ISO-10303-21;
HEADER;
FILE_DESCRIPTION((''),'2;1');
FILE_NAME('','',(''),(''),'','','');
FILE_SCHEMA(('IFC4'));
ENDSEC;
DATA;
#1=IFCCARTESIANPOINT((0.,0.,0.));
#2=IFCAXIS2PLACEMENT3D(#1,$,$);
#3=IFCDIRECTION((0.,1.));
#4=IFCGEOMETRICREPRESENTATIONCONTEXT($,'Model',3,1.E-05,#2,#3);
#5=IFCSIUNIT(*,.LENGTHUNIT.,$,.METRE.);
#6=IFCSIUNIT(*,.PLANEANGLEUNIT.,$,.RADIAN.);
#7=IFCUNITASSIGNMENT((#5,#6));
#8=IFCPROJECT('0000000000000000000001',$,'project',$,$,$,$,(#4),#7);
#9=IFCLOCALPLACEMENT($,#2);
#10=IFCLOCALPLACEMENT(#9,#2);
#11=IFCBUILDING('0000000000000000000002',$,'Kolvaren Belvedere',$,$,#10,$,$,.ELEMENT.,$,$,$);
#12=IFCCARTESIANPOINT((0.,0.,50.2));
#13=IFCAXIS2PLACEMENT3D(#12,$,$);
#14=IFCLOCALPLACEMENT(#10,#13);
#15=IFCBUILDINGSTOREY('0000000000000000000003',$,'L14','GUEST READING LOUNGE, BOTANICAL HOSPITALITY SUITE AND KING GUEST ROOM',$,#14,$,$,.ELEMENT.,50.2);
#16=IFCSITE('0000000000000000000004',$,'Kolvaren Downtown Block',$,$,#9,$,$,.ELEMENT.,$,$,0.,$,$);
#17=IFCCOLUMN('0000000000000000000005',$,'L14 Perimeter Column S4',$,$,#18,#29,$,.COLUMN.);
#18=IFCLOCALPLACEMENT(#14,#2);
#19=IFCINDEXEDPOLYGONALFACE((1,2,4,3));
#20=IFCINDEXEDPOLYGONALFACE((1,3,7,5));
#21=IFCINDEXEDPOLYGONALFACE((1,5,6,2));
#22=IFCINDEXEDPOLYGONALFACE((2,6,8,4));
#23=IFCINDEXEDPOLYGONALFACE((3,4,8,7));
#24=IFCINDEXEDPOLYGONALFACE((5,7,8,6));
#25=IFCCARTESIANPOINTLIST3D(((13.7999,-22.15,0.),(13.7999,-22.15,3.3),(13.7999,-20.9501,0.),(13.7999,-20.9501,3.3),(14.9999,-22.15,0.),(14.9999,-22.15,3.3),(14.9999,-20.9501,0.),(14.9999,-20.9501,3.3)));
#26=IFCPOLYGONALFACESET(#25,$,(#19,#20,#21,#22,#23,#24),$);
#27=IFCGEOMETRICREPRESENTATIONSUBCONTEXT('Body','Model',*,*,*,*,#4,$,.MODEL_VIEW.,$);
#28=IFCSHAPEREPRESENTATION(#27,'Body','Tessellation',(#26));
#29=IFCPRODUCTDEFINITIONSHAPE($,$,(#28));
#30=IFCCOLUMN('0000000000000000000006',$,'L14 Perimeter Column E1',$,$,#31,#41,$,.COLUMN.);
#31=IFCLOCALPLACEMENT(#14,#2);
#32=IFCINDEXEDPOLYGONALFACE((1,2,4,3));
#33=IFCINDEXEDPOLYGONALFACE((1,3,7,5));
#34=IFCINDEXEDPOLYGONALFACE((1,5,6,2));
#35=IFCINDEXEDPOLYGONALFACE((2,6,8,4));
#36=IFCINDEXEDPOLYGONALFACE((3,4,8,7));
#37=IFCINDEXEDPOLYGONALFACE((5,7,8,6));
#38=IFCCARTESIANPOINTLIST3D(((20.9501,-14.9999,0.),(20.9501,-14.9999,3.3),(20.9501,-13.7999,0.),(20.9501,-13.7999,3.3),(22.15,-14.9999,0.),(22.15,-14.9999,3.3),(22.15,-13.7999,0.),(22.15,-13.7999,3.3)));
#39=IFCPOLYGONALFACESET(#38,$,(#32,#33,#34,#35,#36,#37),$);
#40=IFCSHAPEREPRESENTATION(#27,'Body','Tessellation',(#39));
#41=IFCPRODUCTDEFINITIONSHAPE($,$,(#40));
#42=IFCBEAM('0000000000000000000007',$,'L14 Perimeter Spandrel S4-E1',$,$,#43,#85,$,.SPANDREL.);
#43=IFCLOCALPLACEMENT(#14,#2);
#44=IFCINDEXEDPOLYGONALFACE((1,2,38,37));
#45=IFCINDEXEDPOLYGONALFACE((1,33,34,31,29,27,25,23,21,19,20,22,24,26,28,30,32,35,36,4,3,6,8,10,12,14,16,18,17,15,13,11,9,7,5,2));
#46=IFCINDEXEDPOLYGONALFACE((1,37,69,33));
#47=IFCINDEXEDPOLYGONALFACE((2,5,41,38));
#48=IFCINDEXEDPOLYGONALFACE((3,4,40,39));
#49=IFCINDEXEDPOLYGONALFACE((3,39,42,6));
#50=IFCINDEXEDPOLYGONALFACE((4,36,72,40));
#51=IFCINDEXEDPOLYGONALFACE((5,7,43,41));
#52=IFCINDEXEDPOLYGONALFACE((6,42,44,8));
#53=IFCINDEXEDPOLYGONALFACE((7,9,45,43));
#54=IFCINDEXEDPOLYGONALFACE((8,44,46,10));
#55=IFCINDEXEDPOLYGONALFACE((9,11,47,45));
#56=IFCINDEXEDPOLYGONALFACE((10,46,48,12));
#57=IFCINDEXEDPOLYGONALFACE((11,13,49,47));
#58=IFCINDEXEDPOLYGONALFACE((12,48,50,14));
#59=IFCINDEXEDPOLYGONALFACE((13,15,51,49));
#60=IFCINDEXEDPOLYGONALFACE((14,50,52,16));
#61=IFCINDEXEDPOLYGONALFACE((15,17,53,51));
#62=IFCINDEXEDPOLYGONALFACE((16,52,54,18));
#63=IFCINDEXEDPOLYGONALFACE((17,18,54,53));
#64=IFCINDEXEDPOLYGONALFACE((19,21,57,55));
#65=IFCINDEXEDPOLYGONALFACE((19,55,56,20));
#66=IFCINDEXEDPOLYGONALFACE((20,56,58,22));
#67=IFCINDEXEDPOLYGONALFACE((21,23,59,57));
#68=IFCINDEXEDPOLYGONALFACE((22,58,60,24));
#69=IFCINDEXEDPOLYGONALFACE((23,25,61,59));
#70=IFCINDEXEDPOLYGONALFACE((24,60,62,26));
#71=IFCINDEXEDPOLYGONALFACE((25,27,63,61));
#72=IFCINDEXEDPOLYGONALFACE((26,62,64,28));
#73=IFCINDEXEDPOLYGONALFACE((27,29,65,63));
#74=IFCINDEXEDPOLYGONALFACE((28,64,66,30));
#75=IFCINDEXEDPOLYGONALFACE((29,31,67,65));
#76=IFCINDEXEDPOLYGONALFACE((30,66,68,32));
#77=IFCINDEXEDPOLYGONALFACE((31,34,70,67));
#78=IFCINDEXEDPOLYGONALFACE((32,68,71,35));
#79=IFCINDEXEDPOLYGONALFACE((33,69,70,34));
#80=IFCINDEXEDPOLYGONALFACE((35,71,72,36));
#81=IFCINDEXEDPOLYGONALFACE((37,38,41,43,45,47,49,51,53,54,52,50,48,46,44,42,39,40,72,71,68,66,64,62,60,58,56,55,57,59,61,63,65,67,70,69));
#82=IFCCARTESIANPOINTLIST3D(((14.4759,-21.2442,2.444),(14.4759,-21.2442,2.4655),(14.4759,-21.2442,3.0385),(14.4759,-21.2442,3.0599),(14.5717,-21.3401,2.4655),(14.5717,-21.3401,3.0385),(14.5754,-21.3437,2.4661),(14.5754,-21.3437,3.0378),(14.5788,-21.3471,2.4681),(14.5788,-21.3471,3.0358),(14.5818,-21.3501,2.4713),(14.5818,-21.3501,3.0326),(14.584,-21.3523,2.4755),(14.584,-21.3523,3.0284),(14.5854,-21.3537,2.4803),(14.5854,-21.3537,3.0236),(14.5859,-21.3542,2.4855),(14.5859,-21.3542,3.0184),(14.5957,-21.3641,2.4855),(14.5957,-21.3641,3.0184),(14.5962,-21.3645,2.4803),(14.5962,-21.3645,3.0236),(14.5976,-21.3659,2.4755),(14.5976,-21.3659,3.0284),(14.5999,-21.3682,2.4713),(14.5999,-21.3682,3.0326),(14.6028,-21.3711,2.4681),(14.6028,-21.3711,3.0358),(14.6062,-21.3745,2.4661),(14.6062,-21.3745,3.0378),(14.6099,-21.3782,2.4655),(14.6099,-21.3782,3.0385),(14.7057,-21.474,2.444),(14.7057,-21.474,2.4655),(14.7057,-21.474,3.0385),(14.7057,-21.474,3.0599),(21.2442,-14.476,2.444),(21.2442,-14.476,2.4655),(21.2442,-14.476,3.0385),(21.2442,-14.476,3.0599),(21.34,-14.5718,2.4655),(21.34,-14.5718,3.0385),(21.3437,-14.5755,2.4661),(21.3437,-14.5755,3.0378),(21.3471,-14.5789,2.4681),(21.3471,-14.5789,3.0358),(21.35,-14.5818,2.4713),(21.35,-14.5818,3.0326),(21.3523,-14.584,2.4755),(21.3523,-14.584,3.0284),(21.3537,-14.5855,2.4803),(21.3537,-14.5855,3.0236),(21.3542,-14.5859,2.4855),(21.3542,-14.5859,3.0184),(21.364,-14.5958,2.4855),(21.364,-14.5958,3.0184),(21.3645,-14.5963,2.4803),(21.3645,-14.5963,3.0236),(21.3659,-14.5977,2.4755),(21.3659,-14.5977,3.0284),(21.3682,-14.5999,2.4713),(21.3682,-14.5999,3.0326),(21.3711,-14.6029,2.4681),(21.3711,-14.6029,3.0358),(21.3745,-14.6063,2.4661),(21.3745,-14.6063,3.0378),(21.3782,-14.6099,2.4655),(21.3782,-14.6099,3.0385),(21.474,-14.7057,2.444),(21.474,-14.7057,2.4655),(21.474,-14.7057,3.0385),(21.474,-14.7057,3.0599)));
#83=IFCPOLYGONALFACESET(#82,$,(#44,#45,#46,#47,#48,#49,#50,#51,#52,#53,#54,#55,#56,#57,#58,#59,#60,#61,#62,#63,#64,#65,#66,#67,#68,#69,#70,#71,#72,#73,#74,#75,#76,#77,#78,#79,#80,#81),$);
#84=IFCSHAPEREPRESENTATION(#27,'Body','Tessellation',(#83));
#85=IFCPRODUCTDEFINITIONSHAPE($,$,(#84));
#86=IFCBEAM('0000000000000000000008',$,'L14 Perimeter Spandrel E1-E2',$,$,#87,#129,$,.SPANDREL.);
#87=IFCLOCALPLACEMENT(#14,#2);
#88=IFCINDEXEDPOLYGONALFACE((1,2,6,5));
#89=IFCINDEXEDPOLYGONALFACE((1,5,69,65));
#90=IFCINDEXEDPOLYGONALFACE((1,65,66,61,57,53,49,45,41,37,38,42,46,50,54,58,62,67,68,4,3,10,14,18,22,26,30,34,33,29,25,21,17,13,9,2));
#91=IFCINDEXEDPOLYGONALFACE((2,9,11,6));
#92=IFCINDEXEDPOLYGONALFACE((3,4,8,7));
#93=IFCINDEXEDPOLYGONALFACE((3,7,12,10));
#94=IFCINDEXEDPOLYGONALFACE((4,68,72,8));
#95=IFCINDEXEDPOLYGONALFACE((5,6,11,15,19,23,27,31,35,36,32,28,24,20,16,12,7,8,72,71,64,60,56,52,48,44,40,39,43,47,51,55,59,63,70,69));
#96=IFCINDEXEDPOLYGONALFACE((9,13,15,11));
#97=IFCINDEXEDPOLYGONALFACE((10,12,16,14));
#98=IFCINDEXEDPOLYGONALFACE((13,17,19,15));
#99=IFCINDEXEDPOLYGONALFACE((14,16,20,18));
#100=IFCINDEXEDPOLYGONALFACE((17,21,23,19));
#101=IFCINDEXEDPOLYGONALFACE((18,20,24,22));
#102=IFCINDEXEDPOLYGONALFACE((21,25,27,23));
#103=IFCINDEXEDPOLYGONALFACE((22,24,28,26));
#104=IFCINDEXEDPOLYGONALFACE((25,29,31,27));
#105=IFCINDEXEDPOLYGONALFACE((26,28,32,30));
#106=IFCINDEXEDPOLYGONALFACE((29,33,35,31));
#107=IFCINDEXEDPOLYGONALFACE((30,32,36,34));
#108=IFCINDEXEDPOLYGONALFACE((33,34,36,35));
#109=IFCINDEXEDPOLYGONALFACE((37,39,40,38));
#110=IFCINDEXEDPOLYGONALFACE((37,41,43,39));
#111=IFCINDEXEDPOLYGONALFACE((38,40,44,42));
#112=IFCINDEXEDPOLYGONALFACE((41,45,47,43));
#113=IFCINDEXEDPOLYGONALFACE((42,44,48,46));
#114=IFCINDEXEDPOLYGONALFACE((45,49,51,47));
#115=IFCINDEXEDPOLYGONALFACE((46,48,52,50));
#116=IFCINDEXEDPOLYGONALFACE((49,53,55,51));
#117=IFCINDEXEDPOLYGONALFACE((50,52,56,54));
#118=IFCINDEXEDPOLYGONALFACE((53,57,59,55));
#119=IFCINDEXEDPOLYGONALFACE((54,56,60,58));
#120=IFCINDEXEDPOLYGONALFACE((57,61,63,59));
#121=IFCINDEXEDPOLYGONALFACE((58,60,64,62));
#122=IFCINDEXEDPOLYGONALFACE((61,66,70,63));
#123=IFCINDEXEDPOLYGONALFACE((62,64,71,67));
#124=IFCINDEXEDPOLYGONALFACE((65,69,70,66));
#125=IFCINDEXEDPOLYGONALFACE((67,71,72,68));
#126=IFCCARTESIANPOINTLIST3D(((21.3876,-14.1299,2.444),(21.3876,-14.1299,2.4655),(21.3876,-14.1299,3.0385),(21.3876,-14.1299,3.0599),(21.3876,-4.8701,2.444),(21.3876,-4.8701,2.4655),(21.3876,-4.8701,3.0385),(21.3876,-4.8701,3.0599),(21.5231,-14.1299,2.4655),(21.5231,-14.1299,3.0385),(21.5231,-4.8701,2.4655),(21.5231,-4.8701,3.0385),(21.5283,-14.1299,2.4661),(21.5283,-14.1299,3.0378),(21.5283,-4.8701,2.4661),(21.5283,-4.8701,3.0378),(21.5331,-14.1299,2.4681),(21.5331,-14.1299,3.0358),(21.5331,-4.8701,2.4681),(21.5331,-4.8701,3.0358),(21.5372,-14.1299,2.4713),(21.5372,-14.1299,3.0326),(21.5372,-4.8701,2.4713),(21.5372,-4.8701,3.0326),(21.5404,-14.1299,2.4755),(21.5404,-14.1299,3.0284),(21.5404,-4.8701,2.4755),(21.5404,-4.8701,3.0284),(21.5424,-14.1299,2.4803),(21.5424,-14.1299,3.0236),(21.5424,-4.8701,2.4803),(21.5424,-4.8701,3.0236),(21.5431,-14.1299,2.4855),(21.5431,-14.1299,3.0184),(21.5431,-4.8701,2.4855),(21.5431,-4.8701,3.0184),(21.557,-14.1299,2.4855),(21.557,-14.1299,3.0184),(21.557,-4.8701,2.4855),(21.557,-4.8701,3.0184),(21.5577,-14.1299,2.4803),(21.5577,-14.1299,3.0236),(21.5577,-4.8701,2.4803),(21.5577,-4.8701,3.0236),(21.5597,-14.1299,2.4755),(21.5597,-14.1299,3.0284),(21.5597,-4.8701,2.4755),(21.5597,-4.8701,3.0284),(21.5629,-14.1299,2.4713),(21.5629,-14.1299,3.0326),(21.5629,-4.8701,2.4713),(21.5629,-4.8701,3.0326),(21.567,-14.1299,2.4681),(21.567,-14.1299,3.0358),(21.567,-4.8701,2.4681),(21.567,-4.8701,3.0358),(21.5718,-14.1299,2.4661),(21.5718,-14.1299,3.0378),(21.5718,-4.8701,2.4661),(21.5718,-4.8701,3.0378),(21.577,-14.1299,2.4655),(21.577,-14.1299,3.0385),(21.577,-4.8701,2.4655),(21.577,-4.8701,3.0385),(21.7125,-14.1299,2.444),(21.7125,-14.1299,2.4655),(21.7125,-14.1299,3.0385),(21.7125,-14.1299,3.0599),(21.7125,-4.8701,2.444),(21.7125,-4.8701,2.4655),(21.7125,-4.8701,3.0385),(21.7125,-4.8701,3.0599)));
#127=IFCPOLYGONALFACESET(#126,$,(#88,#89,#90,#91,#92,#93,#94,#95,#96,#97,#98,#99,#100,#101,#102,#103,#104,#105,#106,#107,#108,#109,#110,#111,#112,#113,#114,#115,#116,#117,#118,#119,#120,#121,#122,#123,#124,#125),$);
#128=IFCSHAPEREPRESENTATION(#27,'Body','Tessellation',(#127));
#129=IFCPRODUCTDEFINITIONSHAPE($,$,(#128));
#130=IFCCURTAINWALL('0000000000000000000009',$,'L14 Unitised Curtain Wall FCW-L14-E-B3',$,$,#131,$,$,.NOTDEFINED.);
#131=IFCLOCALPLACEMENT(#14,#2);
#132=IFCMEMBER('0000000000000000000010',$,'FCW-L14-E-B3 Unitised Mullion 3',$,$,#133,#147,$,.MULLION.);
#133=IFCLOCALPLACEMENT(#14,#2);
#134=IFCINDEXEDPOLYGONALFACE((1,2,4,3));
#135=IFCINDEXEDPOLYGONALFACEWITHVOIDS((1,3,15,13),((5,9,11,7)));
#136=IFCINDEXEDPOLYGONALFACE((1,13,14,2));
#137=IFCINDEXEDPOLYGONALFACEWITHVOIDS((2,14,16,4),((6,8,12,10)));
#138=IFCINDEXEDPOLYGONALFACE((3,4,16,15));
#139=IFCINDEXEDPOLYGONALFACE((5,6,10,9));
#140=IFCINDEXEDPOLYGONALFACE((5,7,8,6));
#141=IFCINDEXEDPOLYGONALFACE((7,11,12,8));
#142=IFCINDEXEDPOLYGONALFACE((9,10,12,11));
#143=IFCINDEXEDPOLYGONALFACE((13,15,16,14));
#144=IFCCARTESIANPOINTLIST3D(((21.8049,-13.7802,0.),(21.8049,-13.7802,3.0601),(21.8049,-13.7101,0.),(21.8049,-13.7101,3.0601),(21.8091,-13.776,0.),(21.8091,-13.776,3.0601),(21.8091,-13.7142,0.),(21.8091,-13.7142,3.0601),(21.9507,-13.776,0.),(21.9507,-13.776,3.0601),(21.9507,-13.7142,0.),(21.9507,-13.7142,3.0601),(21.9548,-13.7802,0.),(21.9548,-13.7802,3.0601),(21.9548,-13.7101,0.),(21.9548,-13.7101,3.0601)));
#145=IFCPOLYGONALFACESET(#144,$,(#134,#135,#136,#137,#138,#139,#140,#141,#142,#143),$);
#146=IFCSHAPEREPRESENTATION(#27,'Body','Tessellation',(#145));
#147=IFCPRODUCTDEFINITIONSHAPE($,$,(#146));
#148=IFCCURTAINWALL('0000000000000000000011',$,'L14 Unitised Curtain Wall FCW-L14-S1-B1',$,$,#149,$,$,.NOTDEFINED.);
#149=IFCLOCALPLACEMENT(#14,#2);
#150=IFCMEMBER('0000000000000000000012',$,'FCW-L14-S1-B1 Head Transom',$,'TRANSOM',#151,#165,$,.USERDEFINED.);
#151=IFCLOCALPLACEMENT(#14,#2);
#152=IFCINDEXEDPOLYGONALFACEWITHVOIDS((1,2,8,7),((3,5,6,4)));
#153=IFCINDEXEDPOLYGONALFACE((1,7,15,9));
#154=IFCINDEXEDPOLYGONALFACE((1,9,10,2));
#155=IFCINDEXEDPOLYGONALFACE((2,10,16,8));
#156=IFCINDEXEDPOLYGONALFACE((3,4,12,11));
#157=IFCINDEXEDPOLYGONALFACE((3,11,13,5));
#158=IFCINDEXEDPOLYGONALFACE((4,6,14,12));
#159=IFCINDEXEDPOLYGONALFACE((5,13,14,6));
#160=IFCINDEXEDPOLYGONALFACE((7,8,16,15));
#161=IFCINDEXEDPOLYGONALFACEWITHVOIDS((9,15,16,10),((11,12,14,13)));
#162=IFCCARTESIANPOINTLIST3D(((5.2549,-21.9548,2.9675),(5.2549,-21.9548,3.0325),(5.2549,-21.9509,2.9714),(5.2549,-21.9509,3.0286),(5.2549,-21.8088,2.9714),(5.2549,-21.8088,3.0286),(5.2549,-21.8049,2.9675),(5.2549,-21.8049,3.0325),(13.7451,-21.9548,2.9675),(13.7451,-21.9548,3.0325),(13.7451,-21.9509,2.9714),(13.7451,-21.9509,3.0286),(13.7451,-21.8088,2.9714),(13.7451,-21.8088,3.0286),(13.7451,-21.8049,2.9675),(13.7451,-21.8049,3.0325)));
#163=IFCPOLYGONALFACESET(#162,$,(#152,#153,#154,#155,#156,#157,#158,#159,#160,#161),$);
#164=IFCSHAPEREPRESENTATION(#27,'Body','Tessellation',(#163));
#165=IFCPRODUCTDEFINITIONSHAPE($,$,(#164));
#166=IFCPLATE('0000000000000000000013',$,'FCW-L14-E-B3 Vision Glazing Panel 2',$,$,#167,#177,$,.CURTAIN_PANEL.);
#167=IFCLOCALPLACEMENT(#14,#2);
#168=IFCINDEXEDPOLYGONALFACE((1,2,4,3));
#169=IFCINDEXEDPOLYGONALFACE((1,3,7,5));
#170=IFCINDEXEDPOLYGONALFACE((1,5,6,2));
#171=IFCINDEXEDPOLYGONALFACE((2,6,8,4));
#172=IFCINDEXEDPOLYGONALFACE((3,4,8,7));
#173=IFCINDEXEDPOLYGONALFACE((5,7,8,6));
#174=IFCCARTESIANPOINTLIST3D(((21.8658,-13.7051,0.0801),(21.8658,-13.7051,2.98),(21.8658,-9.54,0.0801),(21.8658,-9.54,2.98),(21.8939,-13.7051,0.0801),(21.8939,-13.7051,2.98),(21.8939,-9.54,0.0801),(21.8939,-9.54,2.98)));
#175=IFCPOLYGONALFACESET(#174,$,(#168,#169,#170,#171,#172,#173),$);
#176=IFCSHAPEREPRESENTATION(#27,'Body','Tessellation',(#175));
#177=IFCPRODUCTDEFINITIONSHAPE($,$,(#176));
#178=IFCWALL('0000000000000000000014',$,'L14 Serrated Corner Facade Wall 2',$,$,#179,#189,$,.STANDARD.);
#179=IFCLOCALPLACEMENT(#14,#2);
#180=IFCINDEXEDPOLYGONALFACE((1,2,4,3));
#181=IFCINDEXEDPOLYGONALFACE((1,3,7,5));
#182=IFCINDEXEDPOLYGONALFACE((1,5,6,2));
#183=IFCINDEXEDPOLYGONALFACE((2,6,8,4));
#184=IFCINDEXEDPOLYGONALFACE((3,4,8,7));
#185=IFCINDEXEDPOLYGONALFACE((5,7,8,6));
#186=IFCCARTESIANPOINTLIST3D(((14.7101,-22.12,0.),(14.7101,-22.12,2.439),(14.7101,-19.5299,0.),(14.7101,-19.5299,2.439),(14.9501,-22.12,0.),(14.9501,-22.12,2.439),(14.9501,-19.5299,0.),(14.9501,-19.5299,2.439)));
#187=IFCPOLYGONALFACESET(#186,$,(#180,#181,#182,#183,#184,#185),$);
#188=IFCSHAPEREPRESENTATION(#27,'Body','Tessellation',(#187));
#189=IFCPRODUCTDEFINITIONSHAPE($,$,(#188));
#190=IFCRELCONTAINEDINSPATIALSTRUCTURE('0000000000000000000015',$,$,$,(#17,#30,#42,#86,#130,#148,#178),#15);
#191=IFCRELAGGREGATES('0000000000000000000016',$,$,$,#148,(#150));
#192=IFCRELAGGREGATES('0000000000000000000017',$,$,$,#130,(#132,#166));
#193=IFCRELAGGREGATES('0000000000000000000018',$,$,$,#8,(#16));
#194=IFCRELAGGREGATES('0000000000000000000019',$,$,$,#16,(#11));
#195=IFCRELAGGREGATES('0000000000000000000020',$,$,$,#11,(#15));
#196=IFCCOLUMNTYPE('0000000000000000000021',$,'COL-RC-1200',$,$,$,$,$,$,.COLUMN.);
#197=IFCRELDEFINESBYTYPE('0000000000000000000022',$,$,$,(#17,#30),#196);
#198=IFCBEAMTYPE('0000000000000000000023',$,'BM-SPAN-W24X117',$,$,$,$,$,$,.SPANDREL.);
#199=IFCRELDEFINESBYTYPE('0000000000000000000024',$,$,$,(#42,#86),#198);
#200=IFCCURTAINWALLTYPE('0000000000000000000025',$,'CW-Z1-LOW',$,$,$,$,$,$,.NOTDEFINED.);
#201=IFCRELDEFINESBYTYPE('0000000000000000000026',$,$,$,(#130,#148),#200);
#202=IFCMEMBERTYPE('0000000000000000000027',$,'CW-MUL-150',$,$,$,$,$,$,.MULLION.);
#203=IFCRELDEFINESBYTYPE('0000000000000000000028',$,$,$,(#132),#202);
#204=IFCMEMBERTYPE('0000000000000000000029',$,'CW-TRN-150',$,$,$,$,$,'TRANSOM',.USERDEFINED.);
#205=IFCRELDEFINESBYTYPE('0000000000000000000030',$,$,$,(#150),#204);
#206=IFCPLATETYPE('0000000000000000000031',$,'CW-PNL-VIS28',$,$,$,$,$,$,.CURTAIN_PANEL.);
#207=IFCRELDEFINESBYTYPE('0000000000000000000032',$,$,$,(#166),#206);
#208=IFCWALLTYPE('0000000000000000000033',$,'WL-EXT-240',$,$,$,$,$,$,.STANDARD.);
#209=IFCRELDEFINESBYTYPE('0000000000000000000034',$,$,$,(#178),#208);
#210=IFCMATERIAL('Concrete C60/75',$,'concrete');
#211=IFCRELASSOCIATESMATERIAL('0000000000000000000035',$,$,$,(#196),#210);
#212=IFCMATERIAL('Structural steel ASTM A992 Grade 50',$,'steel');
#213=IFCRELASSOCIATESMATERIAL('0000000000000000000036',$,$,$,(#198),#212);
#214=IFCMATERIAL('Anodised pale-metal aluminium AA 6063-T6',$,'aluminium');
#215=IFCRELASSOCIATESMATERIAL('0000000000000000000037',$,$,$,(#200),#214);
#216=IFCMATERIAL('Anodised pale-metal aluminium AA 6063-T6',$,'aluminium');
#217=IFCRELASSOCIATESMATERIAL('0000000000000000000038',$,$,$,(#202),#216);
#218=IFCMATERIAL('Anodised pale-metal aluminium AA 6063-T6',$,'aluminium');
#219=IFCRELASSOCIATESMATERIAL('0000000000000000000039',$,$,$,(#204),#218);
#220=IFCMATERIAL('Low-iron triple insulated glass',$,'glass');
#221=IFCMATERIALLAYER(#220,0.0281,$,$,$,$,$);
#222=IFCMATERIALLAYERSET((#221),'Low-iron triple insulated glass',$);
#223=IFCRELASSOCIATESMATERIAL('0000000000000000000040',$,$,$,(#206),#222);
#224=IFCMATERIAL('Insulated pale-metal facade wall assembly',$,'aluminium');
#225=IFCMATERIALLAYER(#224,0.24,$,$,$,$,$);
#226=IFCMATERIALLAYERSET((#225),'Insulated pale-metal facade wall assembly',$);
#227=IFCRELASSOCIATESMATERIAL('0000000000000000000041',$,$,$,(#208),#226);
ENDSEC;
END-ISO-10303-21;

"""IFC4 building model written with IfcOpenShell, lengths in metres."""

from ifc_helpers import new_model, si_unit, direction, frame, frame_2d, origin, origin_2d, place, context, subcontext, project, spatial, rectangle, hollow_rectangle, i_section, extrude, material, layer, layer_set, material_profile, profile_set, type_object, element, aggregate, save


model = new_model("IFC4")

# Units and contexts
model_context = context("Model", 3, precision=1e-05, world=origin(), true_north=direction((0.0, 1.0)))
body_context = subcontext(model_context, "Body", "Model", "MODEL_VIEW")
ifc_project = project(units=[si_unit("LENGTHUNIT", "METRE"), si_unit("PLANEANGLEUNIT", "RADIAN")], contexts=[model_context])

# Site, building, storey
site_placement = place(None, origin())
site = spatial("IfcSite", under=ifc_project, at=site_placement, Name="Kolvaren Downtown Block", CompositionType="ELEMENT", RefElevation=0.0)
building_placement = place(site_placement, origin())
building = spatial("IfcBuilding", under=site, at=building_placement, Name="Kolvaren Belvedere", CompositionType="ELEMENT")
storey_placement = place(building_placement, frame((0.0, 0.0, 50.2)))
storey = spatial("IfcBuildingStorey", under=building, at=storey_placement, Name="L14", Description="GUEST READING LOUNGE, BOTANICAL HOSPITALITY SUITE AND KING GUEST ROOM", CompositionType="ELEMENT", Elevation=50.2)

# Columns
ifc_material_1 = material(Name="Concrete C60/75", Category="concrete")
ifc_material_profile_1 = material_profile(ifc_material_1, rectangle(XDim=1.2, YDim=1.2, at=origin_2d()), Name="RC 1200X1200")
ifc_profile_set_1 = profile_set([ifc_material_profile_1], Name="Concrete C60/75")
column_type = type_object("IfcColumnType", Name="COL-RC-1200", PredefinedType="COLUMN", material=ifc_profile_set_1)
for number, where, z_axis, x_axis, name in (
    (1, (14.3999, -21.55, 0.0), (0.0, 0.0, 1.0), (1.0, 0.0, 0.0), "L14 Perimeter Column S4"),
    (2, (21.55, -14.3999, 0.0), (0.0, 0.0, 1.0), (1.0, 0.0, 0.0), "L14 Perimeter Column E1"),
):
    element("IfcColumn", number, at=place(storey_placement, frame(where, z_axis=z_axis, x_axis=x_axis)), inside=storey, type_object=column_type, Name=name, PredefinedType="COLUMN", context=body_context, shape_type="SweptSolid", body=[
        extrude(rectangle(XDim=1.2, YDim=1.2, at=origin_2d()), origin(), (0.0, 0.0, 1.0), 3.3),
    ])

# Beams
ifc_material_2 = material(Name="Structural steel ASTM A992 Grade 50", Category="steel")
ifc_material_profile_2 = material_profile(ifc_material_2, i_section(OverallWidth=0.325, OverallDepth=0.616, WebThickness=0.0139, FlangeThickness=0.0215, FilletRadius=0.02, at=origin_2d()), Name="W24X117")
ifc_profile_set_2 = profile_set([ifc_material_profile_2], Name="Structural steel ASTM A992 Grade 50")
beam_type = type_object("IfcBeamType", Name="BM-SPAN-W24X117", PredefinedType="SPANDREL", material=ifc_profile_set_2)
beam_1_placement = place(storey_placement, frame((14.5908, -21.3591, 2.752), z_axis=(0.707107, 0.707107, 0.0), x_axis=(-0.707107, 0.707107, 0.0)))
element("IfcBeam", 3, at=beam_1_placement, inside=storey, type_object=beam_type, Name="L14 Perimeter Spandrel S4-E1", PredefinedType="SPANDREL", context=body_context, shape_type="SweptSolid", body=[
    extrude(i_section(OverallWidth=0.325, OverallDepth=0.616, WebThickness=0.0139, FlangeThickness=0.0215, FilletRadius=0.02, at=origin_2d()), origin(), (0.0, 0.0, 1.0), 9.5718),
])
beam_2_placement = place(storey_placement, frame((21.55, -14.1299, 2.752), z_axis=(0.0, 1.0, 0.0), x_axis=(-1.0, 0.0, 0.0)))
element("IfcBeam", 4, at=beam_2_placement, inside=storey, type_object=beam_type, Name="L14 Perimeter Spandrel E1-E2", PredefinedType="SPANDREL", context=body_context, shape_type="SweptSolid", body=[
    extrude(i_section(OverallWidth=0.325, OverallDepth=0.616, WebThickness=0.0139, FlangeThickness=0.0215, FilletRadius=0.02, at=origin_2d()), origin(), (0.0, 0.0, 1.0), 9.2598),
])

# Curtain walls, members
ifc_material_3 = material(Name="Anodised pale-metal aluminium AA 6063-T6", Category="aluminium")
curtain_wall_type = type_object("IfcCurtainWallType", Name="CW-Z1-LOW", PredefinedType="NOTDEFINED", material=ifc_material_3)
curtain_wall_1_placement = place(storey_placement, origin())
curtain_wall_1 = element("IfcCurtainWall", 5, at=curtain_wall_1_placement, inside=storey, type_object=curtain_wall_type, Name="L14 Unitised Curtain Wall FCW-L14-E-B3", PredefinedType="NOTDEFINED")
ifc_material_4 = material(Name="Anodised pale-metal aluminium AA 6063-T6", Category="aluminium")
ifc_material_profile_3 = material_profile(ifc_material_4, hollow_rectangle(XDim=0.0701, YDim=0.1499, WallThickness=0.0042, at=origin_2d()), Name="ALU-MUL-150X70")
ifc_profile_set_3 = profile_set([ifc_material_profile_3], Name="Anodised pale-metal aluminium AA 6063-T6")
member_type_1 = type_object("IfcMemberType", Name="CW-MUL-150", PredefinedType="MULLION", material=ifc_profile_set_3)
member_1_placement = place(storey_placement, frame((21.8799, -13.7451, 0.0), z_axis=(0.0, 0.0, 1.0), x_axis=(0.0, 1.0, 0.0)))
member_1 = element("IfcMember", 6, at=member_1_placement, type_object=member_type_1, Name="FCW-L14-E-B3 Unitised Mullion 3", PredefinedType="MULLION", context=body_context, shape_type="SweptSolid", body=[
    extrude(hollow_rectangle(XDim=0.0701, YDim=0.1499, WallThickness=0.0042, at=origin_2d()), origin(), (0.0, 0.0, 1.0), 3.0601),
])
curtain_wall_2_placement = place(storey_placement, origin())
curtain_wall_2 = element("IfcCurtainWall", 7, at=curtain_wall_2_placement, inside=storey, type_object=curtain_wall_type, Name="L14 Unitised Curtain Wall FCW-L14-S1-B1", PredefinedType="NOTDEFINED")
ifc_material_5 = material(Name="Anodised pale-metal aluminium AA 6063-T6", Category="aluminium")
ifc_material_profile_4 = material_profile(ifc_material_5, hollow_rectangle(XDim=0.0649, YDim=0.1499, WallThickness=0.0039, at=origin_2d()), Name="ALU-TRN-150X65")
ifc_profile_set_4 = profile_set([ifc_material_profile_4], Name="Anodised pale-metal aluminium AA 6063-T6")
member_type_2 = type_object("IfcMemberType", Name="CW-TRN-150", ElementType="TRANSOM", PredefinedType="USERDEFINED", material=ifc_profile_set_4)
member_2_placement = place(storey_placement, frame((13.7451, -21.8799, 3.0), z_axis=(-1.0, 0.0, 0.0), x_axis=(0.0, 0.0, 1.0)))
member_2 = element("IfcMember", 8, at=member_2_placement, type_object=member_type_2, Name="FCW-L14-S1-B1 Head Transom", ObjectType="TRANSOM", PredefinedType="USERDEFINED", context=body_context, shape_type="SweptSolid", body=[
    extrude(hollow_rectangle(XDim=0.0649, YDim=0.1499, WallThickness=0.0039, at=origin_2d()), origin(), (0.0, 0.0, 1.0), 8.4902),
])
aggregate(curtain_wall_2, [member_2])

# Plate
ifc_material_6 = material(Name="Low-iron triple insulated glass", Category="glass")
ifc_layer_1 = layer(ifc_material_6, 0.0281)
ifc_layer_set_1 = layer_set([ifc_layer_1], Name="Low-iron triple insulated glass")
plate_type = type_object("IfcPlateType", Name="CW-PNL-VIS28", PredefinedType="CURTAIN_PANEL", material=ifc_layer_set_1)
plate_placement = place(storey_placement, frame((21.8799, -11.6226, 0.0801), z_axis=(0.0, 0.0, 1.0), x_axis=(0.0, -1.0, 0.0)))
plate = element("IfcPlate", 9, at=plate_placement, type_object=plate_type, Name="FCW-L14-E-B3 Vision Glazing Panel 2", PredefinedType="CURTAIN_PANEL", context=body_context, shape_type="SweptSolid", body=[
    extrude(rectangle(XDim=4.165, YDim=0.0281, at=origin_2d()), origin(), (0.0, 0.0, 1.0), 2.8999),
])
aggregate(curtain_wall_1, [member_1, plate])

# Wall
ifc_material_7 = material(Name="Insulated pale-metal facade wall assembly", Category="aluminium")
ifc_layer_2 = layer(ifc_material_7, 0.24)
ifc_layer_set_2 = layer_set([ifc_layer_2], Name="Insulated pale-metal facade wall assembly")
wall_type = type_object("IfcWallType", Name="WL-EXT-240", PredefinedType="STANDARD", material=ifc_layer_set_2)
wall_1_placement = place(storey_placement, frame((14.8301, -19.53, 0.0), z_axis=(0.0, 0.0, 1.0), x_axis=(0.0, -1.0, 0.0)))
element("IfcWall", 10, at=wall_1_placement, inside=storey, type_object=wall_type, Name="L14 Serrated Corner Facade Wall 2", PredefinedType="STANDARD", context=body_context, shape_type="SweptSolid", body=[
    extrude(rectangle(XDim=2.5901, YDim=0.24, at=frame_2d((1.2949, 0.0))), origin(), (0.0, 0.0, 1.0), 2.439),
])

save(model, "model.ifc")
